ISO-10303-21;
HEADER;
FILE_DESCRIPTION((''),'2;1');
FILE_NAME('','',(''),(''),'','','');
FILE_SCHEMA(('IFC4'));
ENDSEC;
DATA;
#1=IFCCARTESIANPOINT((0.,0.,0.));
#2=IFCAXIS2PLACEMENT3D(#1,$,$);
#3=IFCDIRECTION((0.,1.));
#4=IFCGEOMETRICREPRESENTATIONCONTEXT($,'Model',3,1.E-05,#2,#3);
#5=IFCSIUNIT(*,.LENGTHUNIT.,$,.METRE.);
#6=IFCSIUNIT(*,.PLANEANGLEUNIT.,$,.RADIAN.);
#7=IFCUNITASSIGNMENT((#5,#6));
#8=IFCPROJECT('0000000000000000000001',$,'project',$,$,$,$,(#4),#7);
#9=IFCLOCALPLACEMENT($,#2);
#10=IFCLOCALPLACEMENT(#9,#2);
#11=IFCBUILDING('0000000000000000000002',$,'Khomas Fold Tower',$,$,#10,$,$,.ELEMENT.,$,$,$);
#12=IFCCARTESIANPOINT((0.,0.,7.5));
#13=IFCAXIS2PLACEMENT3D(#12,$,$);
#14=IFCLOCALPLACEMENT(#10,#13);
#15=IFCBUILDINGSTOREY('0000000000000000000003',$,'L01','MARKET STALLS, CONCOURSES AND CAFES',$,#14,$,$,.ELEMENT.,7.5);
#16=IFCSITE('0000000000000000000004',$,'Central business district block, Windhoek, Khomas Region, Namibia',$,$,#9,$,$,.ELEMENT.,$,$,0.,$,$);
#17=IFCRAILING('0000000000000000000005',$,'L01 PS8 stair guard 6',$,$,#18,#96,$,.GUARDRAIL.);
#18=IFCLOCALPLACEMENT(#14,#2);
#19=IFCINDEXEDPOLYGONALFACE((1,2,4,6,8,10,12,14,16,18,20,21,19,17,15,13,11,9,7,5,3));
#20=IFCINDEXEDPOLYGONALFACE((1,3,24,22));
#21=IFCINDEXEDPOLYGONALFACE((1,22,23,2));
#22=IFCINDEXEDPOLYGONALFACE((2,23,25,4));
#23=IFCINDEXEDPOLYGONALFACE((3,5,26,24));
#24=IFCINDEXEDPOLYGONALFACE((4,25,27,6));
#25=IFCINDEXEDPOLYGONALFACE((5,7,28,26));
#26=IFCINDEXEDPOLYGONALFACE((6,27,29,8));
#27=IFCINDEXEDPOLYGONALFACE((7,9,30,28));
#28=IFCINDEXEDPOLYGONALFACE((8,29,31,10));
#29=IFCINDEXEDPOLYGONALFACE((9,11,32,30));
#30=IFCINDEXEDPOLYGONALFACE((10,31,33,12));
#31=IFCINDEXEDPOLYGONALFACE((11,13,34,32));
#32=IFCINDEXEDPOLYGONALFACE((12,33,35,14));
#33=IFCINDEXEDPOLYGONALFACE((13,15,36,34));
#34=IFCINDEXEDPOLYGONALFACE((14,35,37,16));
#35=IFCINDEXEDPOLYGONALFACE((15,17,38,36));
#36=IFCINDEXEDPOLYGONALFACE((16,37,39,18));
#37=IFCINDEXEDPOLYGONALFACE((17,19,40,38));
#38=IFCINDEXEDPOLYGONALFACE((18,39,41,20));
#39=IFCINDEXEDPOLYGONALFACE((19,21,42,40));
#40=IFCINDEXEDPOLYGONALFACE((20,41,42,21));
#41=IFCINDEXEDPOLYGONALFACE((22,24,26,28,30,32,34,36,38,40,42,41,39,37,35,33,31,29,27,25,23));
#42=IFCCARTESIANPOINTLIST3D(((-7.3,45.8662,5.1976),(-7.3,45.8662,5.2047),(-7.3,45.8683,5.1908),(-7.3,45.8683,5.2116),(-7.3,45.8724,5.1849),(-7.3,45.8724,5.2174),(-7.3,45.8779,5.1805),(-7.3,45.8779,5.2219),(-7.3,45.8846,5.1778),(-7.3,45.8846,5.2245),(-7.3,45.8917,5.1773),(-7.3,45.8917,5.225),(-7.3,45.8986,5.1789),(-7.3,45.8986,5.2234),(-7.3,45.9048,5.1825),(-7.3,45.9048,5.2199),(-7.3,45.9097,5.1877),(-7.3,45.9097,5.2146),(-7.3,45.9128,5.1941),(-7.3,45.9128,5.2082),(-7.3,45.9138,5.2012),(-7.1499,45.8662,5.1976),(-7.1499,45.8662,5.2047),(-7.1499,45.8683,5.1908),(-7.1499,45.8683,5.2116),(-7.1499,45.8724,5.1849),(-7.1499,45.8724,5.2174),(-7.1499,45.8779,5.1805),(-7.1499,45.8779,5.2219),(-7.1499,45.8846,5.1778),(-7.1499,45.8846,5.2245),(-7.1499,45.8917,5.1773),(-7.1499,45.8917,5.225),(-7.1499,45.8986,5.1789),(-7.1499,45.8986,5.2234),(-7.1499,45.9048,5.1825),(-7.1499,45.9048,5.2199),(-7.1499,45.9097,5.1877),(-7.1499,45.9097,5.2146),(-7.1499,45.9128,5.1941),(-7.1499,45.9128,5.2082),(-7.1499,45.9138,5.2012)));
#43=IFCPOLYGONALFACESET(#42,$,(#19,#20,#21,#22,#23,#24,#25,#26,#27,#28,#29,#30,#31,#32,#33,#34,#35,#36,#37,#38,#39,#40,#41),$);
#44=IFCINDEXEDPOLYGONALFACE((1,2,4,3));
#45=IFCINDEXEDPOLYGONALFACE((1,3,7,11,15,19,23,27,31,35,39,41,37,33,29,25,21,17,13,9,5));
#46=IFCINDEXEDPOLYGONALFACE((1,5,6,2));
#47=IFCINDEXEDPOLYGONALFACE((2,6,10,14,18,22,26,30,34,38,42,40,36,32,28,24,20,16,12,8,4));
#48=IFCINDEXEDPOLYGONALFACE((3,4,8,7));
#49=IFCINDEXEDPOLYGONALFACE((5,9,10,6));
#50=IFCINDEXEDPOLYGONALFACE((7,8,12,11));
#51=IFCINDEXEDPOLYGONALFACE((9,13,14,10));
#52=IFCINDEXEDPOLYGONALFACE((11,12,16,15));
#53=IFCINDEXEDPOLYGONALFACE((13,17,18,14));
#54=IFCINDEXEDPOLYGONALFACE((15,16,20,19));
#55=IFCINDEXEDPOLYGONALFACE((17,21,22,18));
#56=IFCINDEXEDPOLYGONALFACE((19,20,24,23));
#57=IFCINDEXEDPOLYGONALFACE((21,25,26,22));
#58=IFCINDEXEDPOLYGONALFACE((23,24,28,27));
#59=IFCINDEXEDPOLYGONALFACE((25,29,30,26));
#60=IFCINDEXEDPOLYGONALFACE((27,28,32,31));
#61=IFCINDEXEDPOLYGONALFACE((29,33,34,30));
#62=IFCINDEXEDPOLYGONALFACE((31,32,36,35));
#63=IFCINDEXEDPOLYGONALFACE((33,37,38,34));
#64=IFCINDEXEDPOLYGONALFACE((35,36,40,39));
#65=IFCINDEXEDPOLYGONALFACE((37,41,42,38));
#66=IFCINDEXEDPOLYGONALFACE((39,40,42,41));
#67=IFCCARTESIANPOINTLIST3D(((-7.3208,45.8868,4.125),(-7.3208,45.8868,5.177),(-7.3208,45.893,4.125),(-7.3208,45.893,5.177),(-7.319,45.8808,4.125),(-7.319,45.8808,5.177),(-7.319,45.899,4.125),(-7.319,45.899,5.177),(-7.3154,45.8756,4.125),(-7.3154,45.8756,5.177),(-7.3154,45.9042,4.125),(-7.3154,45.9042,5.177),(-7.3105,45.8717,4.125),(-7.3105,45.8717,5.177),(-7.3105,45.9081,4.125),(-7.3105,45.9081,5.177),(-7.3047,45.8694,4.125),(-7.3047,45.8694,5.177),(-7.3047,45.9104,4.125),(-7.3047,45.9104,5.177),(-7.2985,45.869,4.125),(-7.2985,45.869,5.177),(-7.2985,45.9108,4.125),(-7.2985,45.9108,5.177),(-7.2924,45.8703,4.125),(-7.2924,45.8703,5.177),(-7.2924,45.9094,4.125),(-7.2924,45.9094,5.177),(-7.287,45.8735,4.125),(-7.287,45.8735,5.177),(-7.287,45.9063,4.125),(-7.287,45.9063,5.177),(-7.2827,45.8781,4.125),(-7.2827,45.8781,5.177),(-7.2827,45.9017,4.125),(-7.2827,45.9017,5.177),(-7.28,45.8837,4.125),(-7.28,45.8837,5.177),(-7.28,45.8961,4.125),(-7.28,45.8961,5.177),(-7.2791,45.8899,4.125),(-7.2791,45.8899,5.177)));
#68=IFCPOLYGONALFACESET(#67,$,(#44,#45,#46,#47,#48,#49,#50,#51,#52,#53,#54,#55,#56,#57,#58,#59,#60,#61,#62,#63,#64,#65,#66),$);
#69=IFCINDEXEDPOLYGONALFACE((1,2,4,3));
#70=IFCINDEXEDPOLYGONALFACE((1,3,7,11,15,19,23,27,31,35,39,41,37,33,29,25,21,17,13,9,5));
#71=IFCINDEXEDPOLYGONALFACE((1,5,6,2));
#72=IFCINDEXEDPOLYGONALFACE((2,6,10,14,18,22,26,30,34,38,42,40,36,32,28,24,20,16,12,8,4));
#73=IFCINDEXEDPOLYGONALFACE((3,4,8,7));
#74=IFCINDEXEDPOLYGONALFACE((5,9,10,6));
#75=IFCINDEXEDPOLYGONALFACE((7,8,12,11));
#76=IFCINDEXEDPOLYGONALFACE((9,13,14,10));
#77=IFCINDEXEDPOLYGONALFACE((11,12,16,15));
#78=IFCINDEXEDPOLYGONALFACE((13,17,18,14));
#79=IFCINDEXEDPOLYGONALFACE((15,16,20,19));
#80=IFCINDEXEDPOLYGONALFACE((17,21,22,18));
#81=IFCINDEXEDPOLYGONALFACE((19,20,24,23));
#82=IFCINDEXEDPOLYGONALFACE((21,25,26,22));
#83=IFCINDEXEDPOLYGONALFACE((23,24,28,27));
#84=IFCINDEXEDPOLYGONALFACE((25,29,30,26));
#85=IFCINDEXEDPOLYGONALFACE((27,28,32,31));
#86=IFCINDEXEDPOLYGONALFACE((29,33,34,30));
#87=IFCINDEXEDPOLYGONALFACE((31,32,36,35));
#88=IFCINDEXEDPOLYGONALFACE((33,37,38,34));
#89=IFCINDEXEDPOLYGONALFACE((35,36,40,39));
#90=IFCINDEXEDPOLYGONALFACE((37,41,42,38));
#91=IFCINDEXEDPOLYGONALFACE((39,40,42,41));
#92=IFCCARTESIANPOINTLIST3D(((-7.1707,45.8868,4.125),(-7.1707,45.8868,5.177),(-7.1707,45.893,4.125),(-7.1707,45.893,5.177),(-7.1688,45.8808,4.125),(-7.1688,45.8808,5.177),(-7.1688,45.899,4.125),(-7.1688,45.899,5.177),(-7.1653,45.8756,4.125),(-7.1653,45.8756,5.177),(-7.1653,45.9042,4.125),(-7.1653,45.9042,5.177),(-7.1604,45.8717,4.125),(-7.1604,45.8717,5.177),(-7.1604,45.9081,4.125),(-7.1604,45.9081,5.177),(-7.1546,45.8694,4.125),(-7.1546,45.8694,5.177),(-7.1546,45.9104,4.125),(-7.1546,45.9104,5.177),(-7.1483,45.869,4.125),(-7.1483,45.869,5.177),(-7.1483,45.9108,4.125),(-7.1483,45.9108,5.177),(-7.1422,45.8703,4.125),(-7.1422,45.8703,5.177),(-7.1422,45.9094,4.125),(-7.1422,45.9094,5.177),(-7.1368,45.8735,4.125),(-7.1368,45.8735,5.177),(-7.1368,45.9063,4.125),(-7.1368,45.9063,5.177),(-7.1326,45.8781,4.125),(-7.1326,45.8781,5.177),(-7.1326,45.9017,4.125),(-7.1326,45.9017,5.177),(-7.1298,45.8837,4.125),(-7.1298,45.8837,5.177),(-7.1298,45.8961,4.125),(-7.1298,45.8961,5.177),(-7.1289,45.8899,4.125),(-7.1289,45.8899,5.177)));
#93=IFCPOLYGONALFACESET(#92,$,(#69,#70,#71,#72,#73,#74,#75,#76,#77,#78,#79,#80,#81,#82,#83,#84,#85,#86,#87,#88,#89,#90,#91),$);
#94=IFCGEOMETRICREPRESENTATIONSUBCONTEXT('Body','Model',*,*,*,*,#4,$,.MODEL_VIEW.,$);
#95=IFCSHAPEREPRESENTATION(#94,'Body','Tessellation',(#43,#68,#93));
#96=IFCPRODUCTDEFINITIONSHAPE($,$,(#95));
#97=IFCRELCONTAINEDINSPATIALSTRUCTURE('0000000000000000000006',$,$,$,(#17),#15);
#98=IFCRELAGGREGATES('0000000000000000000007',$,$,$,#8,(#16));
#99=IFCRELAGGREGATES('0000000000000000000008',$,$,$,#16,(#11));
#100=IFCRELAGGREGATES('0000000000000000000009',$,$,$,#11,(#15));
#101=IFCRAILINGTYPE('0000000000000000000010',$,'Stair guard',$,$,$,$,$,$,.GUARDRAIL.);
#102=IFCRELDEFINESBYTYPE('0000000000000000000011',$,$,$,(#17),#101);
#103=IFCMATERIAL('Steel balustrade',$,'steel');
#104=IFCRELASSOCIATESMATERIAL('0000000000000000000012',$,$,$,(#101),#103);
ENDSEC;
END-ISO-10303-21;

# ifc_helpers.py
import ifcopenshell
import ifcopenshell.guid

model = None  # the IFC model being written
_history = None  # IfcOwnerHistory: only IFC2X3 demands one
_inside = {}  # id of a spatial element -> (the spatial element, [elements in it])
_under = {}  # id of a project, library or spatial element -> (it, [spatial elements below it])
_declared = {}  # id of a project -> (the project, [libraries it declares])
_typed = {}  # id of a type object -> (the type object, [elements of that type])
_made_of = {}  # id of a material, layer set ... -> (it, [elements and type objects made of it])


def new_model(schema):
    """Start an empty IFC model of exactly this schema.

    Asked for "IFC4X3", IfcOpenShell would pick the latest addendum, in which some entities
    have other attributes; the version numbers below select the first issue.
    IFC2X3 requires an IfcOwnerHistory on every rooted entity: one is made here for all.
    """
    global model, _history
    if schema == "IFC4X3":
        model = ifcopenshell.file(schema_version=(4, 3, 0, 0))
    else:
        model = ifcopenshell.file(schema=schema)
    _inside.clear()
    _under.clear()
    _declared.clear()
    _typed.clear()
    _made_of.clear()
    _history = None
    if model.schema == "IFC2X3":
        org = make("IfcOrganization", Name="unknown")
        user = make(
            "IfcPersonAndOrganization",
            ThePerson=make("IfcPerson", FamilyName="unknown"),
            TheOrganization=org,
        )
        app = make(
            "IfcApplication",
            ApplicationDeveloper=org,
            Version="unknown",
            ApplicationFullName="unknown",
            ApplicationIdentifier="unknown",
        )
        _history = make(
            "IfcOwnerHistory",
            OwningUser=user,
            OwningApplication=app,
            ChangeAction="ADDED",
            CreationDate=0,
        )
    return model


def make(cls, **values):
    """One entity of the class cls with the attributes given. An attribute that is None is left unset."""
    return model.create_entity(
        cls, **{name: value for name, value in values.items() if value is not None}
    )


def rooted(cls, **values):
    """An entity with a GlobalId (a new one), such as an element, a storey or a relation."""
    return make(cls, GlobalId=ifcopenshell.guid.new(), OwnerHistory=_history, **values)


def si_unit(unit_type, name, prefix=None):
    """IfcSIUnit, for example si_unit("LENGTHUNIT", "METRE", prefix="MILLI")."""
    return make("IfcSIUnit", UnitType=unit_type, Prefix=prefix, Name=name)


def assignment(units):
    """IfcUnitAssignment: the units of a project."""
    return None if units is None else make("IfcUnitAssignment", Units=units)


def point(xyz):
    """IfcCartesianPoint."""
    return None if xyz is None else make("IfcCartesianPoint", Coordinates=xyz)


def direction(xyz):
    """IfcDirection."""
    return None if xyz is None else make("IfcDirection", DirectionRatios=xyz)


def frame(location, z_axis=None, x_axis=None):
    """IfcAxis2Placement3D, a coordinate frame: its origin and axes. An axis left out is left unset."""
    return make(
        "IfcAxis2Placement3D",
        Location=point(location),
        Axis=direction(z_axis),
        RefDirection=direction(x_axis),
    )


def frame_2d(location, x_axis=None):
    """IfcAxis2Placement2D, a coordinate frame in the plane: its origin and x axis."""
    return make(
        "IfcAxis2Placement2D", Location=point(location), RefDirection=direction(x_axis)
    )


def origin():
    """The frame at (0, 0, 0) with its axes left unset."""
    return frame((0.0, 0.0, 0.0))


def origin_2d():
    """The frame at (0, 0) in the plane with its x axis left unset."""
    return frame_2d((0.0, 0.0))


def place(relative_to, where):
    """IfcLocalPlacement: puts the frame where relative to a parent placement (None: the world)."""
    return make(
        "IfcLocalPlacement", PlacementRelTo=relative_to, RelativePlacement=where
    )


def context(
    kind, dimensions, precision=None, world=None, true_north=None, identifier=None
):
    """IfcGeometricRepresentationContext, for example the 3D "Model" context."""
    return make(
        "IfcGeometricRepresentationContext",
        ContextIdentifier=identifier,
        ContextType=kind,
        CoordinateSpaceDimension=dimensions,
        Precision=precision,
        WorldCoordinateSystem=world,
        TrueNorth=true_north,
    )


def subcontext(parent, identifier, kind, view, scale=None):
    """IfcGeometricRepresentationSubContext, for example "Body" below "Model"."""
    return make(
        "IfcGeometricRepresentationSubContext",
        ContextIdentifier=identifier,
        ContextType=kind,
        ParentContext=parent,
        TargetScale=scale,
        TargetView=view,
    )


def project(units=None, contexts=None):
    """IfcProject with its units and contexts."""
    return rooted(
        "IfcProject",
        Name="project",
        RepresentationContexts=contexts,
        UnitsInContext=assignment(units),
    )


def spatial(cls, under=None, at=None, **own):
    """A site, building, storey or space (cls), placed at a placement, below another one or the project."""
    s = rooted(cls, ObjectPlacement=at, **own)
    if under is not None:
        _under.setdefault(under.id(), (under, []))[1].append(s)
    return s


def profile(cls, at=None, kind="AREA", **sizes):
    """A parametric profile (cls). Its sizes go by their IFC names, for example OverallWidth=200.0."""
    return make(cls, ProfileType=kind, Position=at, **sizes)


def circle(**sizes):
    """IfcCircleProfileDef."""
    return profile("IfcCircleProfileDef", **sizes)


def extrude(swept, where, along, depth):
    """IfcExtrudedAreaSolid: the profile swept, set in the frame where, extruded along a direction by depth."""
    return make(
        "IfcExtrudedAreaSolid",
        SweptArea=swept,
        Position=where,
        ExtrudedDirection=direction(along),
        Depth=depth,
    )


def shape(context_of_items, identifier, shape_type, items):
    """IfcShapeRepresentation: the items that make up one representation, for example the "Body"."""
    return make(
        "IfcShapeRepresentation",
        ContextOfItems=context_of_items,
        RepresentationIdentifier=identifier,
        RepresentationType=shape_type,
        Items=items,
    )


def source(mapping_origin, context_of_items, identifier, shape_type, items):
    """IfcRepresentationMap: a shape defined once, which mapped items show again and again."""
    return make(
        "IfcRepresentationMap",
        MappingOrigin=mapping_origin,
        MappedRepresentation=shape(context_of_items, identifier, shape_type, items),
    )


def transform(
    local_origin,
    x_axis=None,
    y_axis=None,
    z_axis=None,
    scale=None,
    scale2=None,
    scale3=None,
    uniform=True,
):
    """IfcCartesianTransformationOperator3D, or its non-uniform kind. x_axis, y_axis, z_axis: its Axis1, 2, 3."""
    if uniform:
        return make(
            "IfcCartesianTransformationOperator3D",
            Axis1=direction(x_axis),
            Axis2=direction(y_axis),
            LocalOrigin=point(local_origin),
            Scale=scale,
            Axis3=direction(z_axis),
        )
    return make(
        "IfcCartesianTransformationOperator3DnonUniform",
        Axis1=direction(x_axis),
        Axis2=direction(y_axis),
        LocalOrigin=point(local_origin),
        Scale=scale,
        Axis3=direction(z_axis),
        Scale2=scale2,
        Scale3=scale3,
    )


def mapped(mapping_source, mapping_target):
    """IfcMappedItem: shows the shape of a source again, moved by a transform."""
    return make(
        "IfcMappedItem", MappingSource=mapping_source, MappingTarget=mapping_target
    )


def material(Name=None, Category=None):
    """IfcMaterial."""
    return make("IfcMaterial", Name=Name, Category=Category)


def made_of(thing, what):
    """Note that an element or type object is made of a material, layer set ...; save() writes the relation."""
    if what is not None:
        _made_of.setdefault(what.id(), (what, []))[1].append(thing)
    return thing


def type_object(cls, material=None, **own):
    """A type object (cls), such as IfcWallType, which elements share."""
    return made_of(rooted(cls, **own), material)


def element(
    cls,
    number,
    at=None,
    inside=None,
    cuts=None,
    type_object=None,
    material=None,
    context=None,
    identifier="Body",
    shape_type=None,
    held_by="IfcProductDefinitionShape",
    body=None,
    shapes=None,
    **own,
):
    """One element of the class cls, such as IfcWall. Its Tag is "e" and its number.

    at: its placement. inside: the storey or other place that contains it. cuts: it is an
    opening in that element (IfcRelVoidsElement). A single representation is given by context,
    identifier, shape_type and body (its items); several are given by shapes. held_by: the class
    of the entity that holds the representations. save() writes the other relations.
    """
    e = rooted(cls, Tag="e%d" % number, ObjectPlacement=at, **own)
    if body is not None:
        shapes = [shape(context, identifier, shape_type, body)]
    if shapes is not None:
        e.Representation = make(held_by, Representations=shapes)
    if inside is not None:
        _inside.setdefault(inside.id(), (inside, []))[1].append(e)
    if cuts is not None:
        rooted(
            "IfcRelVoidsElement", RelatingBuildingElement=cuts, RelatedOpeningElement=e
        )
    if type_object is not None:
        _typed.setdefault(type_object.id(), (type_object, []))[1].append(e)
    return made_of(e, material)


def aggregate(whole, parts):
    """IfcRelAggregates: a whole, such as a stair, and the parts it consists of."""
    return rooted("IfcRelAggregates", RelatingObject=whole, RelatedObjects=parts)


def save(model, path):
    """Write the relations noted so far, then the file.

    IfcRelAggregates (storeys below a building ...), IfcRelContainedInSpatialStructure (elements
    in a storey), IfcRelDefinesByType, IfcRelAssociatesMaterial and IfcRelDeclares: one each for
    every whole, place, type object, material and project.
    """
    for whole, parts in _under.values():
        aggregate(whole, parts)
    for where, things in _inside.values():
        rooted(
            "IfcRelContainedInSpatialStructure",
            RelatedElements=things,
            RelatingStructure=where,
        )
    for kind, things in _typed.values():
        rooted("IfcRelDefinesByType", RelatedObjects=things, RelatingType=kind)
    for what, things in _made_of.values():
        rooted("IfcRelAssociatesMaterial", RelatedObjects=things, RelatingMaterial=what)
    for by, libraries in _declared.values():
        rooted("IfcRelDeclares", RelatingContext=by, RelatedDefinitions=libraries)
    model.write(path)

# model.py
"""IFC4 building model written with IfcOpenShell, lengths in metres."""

from ifc_helpers import new_model, si_unit, direction, frame, origin, origin_2d, place, context, subcontext, project, spatial, circle, extrude, source, transform, mapped, material, type_object, element, save


model = new_model("IFC4")

# Units and contexts
model_context = context("Model", 3, precision=1e-05, world=origin(), true_north=direction((0.0, 1.0)))
body_context = subcontext(model_context, "Body", "Model", "MODEL_VIEW")
ifc_project = project(units=[si_unit("LENGTHUNIT", "METRE"), si_unit("PLANEANGLEUNIT", "RADIAN")], contexts=[model_context])

# Site, building, storey
site_placement = place(None, origin())
site = spatial("IfcSite", under=ifc_project, at=site_placement, Name="Central business district block, Windhoek, Khomas Region, Namibia", CompositionType="ELEMENT", RefElevation=0.0)
building_placement = place(site_placement, origin())
building = spatial("IfcBuilding", under=site, at=building_placement, Name="Khomas Fold Tower", CompositionType="ELEMENT")
storey_placement = place(building_placement, frame((0.0, 0.0, 7.5)))
storey = spatial("IfcBuildingStorey", under=building, at=storey_placement, Name="L01", Description="MARKET STALLS, CONCOURSES AND CAFES", CompositionType="ELEMENT", Elevation=7.5)

# Railing
ifc_material_1 = material(Name="Steel balustrade", Category="steel")
railing_type_1 = type_object("IfcRailingType", Name="Stair guard", PredefinedType="GUARDRAIL", material=ifc_material_1)
shared_shape_1 = source(origin(), body_context, "Body", "SweptSolid", [
    extrude(circle(Radius=0.0239, at=origin_2d()), frame((0.0, 0.0, 1.0762), z_axis=(1.0, 0.0, 0.0), x_axis=(0.0, 1.0, 0.0)), (0.0, 0.0, 1.0), 0.1501),
    extrude(circle(Radius=0.021, at=origin_2d()), origin(), (0.0, 0.0, 1.0), 1.052),
    extrude(circle(Radius=0.021, at=origin_2d()), frame((0.1501, 0.0, 0.0)), (0.0, 0.0, 1.0), 1.052),
])
for number, where, name in (
    (1, (-7.3, 45.8899, 4.125), "L01 PS8 stair guard 6"),
):
    element("IfcRailing", number, at=place(storey_placement, frame(where)), inside=storey, type_object=railing_type_1, Name=name, PredefinedType="GUARDRAIL", context=body_context, shape_type="MappedRepresentation", body=[
        mapped(shared_shape_1, transform((0.0, 0.0, 0.0))),
    ])

save(model, "model.ifc")
